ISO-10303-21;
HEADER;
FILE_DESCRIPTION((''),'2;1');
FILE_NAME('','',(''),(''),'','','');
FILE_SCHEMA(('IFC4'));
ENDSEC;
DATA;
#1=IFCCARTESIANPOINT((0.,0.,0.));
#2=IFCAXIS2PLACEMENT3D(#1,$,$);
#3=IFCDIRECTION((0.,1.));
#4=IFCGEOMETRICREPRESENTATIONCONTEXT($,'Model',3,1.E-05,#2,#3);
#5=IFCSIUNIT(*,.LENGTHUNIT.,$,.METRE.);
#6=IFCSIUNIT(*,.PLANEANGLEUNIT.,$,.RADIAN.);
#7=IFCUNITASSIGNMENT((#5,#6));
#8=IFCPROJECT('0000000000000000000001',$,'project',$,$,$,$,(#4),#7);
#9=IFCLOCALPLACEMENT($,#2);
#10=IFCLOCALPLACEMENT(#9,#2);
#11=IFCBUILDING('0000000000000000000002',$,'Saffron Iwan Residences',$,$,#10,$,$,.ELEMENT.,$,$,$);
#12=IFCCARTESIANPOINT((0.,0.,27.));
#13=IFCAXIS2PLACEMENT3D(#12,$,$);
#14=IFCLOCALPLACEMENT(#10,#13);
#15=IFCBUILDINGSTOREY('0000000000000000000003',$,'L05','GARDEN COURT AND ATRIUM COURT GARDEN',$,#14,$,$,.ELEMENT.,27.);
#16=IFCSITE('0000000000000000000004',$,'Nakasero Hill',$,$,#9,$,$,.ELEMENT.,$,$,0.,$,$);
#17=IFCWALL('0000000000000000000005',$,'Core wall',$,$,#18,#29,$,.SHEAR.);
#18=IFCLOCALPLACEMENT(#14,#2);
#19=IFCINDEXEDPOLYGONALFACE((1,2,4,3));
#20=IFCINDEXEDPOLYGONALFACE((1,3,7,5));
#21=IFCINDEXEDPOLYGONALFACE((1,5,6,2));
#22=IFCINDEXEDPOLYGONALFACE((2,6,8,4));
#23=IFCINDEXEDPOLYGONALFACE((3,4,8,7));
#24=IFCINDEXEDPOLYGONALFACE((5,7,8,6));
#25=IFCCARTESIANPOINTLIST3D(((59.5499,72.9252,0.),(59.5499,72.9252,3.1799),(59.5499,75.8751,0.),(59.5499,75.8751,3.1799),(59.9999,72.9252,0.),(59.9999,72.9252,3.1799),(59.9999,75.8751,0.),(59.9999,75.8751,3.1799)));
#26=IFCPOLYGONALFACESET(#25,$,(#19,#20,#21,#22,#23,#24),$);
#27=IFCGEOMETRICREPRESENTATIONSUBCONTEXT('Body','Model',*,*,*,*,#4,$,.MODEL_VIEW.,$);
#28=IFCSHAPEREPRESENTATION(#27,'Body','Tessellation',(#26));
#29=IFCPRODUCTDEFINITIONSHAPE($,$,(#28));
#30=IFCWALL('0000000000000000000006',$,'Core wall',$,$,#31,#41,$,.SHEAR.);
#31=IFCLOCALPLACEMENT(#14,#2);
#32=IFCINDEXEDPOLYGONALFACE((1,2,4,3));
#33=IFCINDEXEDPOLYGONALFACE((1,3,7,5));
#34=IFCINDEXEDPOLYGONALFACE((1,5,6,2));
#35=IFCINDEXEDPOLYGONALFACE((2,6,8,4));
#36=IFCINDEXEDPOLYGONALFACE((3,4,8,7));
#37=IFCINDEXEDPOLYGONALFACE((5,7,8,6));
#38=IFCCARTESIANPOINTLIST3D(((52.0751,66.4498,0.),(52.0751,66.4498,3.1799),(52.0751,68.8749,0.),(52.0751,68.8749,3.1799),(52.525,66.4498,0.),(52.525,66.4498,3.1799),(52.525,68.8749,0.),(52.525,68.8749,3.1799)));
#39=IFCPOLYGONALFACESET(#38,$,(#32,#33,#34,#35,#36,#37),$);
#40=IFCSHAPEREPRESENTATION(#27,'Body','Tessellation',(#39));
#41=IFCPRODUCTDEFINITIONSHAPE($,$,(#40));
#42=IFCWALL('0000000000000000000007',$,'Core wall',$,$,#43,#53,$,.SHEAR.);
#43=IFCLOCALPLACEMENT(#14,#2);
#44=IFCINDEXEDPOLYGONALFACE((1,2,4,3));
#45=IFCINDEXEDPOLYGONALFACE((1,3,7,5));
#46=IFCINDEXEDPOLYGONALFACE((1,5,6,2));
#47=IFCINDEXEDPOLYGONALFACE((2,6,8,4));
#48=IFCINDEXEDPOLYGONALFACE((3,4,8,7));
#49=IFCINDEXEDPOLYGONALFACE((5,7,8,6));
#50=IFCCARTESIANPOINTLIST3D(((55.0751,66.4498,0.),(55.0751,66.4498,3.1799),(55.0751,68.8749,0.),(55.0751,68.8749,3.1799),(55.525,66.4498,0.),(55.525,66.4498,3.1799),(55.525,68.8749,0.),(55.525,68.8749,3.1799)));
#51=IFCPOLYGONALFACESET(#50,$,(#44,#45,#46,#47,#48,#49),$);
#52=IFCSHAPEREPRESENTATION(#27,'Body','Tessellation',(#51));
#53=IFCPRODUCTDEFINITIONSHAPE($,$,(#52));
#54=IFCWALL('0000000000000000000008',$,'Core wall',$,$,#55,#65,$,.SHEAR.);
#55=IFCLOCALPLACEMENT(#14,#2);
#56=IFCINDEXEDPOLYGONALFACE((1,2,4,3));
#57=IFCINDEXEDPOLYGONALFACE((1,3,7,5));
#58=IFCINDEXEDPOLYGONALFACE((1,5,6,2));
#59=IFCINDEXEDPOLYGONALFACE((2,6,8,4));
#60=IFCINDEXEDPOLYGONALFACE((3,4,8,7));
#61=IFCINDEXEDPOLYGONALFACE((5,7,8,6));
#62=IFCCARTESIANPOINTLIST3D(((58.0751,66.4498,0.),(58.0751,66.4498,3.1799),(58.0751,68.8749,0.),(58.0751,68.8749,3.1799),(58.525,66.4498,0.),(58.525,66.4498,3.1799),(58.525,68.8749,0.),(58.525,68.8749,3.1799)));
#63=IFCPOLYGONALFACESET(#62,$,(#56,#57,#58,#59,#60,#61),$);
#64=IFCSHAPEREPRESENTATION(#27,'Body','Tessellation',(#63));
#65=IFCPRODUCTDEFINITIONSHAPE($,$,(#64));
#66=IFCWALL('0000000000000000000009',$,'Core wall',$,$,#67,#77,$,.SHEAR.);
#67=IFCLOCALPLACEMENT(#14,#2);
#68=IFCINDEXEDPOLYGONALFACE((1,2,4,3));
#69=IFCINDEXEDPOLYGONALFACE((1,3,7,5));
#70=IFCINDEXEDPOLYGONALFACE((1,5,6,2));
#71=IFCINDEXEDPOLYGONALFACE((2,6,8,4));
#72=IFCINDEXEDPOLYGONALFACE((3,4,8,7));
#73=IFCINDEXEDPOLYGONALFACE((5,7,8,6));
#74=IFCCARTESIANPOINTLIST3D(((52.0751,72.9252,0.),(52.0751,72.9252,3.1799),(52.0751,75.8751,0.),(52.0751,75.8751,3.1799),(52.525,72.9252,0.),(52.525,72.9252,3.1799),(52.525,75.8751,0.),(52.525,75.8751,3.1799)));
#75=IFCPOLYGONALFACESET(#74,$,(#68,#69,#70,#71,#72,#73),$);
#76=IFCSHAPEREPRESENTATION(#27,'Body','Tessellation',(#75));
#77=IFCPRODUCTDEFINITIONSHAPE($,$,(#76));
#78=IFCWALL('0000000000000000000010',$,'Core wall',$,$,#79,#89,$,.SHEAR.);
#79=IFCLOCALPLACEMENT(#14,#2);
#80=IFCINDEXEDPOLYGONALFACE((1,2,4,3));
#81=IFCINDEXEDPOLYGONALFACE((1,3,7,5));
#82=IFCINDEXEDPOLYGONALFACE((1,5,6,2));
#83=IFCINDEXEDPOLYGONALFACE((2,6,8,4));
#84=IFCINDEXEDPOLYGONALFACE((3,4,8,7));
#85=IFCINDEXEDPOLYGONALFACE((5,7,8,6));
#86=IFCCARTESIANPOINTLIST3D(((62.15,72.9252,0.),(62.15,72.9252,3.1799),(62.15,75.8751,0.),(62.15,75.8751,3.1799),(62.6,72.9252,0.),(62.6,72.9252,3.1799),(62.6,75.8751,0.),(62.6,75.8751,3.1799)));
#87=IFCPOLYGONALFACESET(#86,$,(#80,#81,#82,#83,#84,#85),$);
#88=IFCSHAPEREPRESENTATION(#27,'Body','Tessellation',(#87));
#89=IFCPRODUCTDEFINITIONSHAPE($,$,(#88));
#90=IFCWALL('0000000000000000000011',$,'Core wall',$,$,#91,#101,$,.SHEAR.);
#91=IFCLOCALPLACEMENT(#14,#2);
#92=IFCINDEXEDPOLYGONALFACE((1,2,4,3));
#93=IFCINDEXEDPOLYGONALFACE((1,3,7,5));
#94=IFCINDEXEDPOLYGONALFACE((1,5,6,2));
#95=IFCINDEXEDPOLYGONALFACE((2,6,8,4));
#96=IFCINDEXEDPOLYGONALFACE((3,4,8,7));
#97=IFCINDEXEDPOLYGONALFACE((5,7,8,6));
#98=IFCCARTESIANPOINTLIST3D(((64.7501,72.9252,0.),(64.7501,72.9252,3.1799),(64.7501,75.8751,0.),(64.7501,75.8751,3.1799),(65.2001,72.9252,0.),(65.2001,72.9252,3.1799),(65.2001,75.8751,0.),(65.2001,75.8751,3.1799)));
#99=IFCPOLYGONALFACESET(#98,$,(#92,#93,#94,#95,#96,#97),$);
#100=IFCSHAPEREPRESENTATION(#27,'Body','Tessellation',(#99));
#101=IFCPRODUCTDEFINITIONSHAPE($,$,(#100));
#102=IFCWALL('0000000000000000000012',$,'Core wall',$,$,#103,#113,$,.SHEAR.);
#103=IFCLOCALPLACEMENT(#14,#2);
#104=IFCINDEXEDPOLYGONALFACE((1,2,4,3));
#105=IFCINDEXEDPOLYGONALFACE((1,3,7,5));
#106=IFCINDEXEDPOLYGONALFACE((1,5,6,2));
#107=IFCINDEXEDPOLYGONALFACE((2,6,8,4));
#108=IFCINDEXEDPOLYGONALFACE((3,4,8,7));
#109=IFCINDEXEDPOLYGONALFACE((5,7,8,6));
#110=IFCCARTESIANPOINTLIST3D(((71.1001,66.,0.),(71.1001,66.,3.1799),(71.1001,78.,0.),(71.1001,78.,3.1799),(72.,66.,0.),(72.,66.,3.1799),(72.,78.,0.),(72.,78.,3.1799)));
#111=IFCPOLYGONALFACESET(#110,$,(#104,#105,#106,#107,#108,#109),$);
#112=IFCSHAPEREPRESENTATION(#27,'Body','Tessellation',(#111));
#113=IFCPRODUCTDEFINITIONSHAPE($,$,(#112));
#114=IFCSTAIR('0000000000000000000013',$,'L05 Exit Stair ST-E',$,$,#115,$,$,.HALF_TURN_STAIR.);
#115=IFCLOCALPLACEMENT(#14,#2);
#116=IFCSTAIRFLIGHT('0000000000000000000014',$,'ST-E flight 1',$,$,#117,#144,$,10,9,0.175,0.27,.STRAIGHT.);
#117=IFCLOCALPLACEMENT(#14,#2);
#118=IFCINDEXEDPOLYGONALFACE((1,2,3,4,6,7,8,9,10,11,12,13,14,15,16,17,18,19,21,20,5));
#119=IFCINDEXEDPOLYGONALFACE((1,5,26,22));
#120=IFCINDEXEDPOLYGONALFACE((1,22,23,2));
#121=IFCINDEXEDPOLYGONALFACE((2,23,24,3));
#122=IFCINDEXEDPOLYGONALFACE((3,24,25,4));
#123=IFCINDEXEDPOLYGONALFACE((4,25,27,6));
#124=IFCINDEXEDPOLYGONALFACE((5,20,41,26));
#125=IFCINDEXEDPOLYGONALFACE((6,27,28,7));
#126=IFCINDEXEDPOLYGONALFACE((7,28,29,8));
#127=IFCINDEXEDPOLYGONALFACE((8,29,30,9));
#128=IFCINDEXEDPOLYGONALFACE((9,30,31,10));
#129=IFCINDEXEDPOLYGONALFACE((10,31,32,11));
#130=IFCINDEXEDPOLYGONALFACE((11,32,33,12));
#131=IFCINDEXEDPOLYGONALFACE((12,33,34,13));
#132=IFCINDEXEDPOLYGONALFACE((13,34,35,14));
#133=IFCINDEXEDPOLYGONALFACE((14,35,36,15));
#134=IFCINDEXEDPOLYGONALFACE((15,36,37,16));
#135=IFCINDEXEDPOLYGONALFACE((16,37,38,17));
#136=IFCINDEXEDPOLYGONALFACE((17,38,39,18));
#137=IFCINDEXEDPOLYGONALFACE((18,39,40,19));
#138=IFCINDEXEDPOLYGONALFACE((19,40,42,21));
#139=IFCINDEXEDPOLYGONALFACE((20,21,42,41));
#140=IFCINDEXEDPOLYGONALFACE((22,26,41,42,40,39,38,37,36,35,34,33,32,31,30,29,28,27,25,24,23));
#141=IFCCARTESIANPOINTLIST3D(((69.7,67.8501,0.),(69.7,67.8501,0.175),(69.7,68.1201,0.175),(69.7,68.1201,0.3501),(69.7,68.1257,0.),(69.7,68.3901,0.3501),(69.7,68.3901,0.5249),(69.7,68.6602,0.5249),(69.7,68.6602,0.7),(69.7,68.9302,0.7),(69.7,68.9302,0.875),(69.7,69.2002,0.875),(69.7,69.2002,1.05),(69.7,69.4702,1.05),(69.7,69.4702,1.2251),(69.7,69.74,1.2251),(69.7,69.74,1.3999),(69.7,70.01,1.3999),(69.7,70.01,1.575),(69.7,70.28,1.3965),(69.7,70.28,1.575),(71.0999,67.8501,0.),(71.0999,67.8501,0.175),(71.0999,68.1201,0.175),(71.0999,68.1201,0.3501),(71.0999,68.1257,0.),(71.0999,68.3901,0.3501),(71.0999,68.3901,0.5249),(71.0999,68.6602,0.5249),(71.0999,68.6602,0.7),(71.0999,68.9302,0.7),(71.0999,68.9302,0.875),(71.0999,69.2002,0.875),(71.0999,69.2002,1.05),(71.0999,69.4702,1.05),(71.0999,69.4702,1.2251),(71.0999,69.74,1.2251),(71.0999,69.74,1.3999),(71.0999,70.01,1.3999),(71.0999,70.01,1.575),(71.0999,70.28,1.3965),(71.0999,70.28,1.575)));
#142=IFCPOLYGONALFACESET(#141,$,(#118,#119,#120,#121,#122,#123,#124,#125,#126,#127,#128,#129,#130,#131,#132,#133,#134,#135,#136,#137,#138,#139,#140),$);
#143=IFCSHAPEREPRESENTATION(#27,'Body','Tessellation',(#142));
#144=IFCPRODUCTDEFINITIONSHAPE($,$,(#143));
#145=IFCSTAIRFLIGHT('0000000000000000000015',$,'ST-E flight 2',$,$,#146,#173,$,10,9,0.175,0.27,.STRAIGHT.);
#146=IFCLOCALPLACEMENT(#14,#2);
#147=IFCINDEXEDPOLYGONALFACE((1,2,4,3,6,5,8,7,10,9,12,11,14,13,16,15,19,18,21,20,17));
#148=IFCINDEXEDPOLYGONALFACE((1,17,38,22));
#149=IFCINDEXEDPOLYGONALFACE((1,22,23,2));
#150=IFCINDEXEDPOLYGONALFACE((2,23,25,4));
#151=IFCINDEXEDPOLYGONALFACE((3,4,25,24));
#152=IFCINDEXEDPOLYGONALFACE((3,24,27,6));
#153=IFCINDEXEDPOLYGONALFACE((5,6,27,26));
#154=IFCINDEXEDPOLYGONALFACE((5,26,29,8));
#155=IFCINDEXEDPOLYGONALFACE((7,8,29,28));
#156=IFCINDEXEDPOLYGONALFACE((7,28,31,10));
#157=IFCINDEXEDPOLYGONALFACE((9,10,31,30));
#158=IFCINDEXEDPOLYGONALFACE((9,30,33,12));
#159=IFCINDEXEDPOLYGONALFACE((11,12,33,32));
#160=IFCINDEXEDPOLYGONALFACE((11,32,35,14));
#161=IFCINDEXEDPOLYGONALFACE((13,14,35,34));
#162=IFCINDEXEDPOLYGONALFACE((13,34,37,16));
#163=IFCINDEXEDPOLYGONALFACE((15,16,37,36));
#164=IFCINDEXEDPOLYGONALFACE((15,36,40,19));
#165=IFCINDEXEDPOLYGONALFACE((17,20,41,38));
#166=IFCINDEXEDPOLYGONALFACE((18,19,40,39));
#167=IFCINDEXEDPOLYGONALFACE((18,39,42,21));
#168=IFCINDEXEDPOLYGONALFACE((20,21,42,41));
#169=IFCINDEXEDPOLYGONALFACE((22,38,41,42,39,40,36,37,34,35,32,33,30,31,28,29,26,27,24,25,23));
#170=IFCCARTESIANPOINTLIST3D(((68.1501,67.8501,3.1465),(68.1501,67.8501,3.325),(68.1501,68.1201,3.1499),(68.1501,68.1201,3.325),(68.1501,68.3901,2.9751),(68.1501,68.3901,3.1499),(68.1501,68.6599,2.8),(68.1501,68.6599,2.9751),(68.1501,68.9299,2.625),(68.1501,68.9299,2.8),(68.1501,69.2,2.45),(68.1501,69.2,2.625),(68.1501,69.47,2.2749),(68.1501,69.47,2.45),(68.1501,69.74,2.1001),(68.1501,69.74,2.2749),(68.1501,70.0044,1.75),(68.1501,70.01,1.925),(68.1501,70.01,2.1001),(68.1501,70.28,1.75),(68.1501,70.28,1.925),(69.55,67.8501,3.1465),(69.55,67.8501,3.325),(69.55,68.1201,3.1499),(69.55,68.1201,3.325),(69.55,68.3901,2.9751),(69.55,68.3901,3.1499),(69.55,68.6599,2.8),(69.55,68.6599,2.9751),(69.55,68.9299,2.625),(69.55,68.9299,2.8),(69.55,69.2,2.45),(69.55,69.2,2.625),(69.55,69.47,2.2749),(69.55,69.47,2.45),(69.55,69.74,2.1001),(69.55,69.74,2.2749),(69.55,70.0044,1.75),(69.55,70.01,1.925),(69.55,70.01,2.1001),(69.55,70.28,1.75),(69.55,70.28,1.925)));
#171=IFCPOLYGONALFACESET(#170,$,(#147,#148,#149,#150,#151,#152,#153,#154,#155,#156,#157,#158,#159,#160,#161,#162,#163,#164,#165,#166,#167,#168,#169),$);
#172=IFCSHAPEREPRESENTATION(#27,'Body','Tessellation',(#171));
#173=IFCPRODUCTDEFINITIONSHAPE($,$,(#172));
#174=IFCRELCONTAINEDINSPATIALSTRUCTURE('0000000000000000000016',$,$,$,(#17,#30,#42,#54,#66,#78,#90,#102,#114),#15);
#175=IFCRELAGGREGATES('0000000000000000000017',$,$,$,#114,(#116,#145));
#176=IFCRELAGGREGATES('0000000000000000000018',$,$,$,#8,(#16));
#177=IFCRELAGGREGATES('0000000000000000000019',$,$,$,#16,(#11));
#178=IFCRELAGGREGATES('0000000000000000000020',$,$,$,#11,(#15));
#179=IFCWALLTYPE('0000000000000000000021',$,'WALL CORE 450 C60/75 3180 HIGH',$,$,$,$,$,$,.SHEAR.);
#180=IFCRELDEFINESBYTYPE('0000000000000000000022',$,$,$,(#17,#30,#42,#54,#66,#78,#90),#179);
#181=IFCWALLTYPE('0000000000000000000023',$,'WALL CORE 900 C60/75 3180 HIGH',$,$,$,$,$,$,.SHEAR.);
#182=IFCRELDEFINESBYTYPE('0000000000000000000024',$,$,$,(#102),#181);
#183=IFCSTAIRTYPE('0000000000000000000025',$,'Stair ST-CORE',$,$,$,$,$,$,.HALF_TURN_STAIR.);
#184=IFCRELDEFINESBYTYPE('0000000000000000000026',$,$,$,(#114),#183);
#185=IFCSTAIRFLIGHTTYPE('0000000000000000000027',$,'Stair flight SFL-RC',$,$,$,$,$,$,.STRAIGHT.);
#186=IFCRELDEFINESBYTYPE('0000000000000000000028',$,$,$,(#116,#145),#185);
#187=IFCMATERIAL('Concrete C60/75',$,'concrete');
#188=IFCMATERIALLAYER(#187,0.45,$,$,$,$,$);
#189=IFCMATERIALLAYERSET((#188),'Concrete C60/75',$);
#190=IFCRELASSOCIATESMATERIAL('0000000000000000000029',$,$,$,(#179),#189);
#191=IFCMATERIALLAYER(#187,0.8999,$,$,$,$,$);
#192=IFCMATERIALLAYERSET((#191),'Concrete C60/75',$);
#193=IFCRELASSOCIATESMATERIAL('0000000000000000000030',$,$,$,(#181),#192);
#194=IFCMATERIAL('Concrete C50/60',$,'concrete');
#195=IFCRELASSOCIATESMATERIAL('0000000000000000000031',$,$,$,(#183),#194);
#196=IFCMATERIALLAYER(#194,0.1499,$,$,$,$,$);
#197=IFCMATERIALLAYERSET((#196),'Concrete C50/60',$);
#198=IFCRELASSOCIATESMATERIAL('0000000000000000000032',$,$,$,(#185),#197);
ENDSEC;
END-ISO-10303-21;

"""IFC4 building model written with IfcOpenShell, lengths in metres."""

from ifc_helpers import new_model, si_unit, direction, frame, frame_2d, origin, place, context, subcontext, project, spatial, polyline, rectangle, outline, extrude, material, layer, layer_set, type_object, element, aggregate, save


model = new_model("IFC4")

# Units and contexts
model_context = context("Model", 3, precision=1e-05, world=origin(), true_north=direction((0.0, 1.0)))
body_context = subcontext(model_context, "Body", "Model", "MODEL_VIEW")
ifc_project = project(units=[si_unit("LENGTHUNIT", "METRE"), si_unit("PLANEANGLEUNIT", "RADIAN")], contexts=[model_context])

# Site, building, storey
site_placement = place(None, origin())
site = spatial("IfcSite", under=ifc_project, at=site_placement, Name="Nakasero Hill", CompositionType="ELEMENT", RefElevation=0.0)
building_placement = place(site_placement, origin())
building = spatial("IfcBuilding", under=site, at=building_placement, Name="Saffron Iwan Residences", CompositionType="ELEMENT")
storey_placement = place(building_placement, frame((0.0, 0.0, 27.0)))
storey = spatial("IfcBuildingStorey", under=building, at=storey_placement, Name="L05", Description="GARDEN COURT AND ATRIUM COURT GARDEN", CompositionType="ELEMENT", Elevation=27.0)

# Shared definitions
ifc_material_1 = material(Name="Concrete C60/75", Category="concrete")

# Shared definitions
ifc_layer_1 = layer(ifc_material_1, 0.45)
ifc_layer_set_1 = layer_set([ifc_layer_1], Name="Concrete C60/75")
wall_type_1 = type_object("IfcWallType", Name="WALL CORE 450 C60/75 3180 HIGH", PredefinedType="SHEAR", material=ifc_layer_set_1)

# Walls
wall_1_placement = place(storey_placement, frame((59.7749, 72.925, 0.0), z_axis=(0.0, 0.0, 1.0), x_axis=(0.0, 1.0, 0.0)))
element("IfcWall", 1, at=wall_1_placement, inside=storey, type_object=wall_type_1, Name="Core wall", PredefinedType="SHEAR", context=body_context, shape_type="SweptSolid", body=[
    extrude(rectangle(XDim=2.95, YDim=0.45, at=frame_2d((1.4751, 0.0))), origin(), (0.0, 0.0, 1.0), 3.1799),
])
for number, where, z_axis, x_axis, name in (
    (2, (52.3, 66.45, 0.0), (0.0, 0.0, 1.0), (0.0, 1.0, 0.0), "Core wall"),
    (3, (55.3, 66.45, 0.0), (0.0, 0.0, 1.0), (0.0, 1.0, 0.0), "Core wall"),
    (4, (58.3, 66.45, 0.0), (0.0, 0.0, 1.0), (0.0, 1.0, 0.0), "Core wall"),
):
    element("IfcWall", number, at=place(storey_placement, frame(where, z_axis=z_axis, x_axis=x_axis)), inside=storey, type_object=wall_type_1, Name=name, PredefinedType="SHEAR", context=body_context, shape_type="SweptSolid", body=[
        extrude(rectangle(XDim=2.425, YDim=0.45, at=frame_2d((1.2124, 0.0))), origin(), (0.0, 0.0, 1.0), 3.1799),
    ])
for number, where, z_axis, x_axis, name in (
    (5, (52.3, 72.925, 0.0), (0.0, 0.0, 1.0), (0.0, 1.0, 0.0), "Core wall"),
    (6, (62.375, 72.925, 0.0), (0.0, 0.0, 1.0), (0.0, 1.0, 0.0), "Core wall"),
    (7, (64.9751, 72.925, 0.0), (0.0, 0.0, 1.0), (0.0, 1.0, 0.0), "Core wall"),
):
    element("IfcWall", number, at=place(storey_placement, frame(where, z_axis=z_axis, x_axis=x_axis)), inside=storey, type_object=wall_type_1, Name=name, PredefinedType="SHEAR", context=body_context, shape_type="SweptSolid", body=[
        extrude(rectangle(XDim=2.95, YDim=0.45, at=frame_2d((1.4751, 0.0))), origin(), (0.0, 0.0, 1.0), 3.1799),
    ])
ifc_layer_2 = layer(ifc_material_1, 0.8999)
ifc_layer_set_2 = layer_set([ifc_layer_2], Name="Concrete C60/75")
wall_type_2 = type_object("IfcWallType", Name="WALL CORE 900 C60/75 3180 HIGH", PredefinedType="SHEAR", material=ifc_layer_set_2)
wall_2_placement = place(storey_placement, frame((71.55, 66.0, 0.0), z_axis=(0.0, 0.0, 1.0), x_axis=(0.0, 1.0, 0.0)))
element("IfcWall", 8, at=wall_2_placement, inside=storey, type_object=wall_type_2, Name="Core wall", PredefinedType="SHEAR", context=body_context, shape_type="SweptSolid", body=[
    extrude(rectangle(XDim=12.0, YDim=0.8999, at=frame_2d((6.0, 0.0))), origin(), (0.0, 0.0, 1.0), 3.1799),
])

# Stair, stair flights
ifc_material_2 = material(Name="Concrete C50/60", Category="concrete")
stair_type = type_object("IfcStairType", Name="Stair ST-CORE", PredefinedType="HALF_TURN_STAIR", material=ifc_material_2)
stair_placement = place(storey_placement, origin())
stair = element("IfcStair", 9, at=stair_placement, inside=storey, type_object=stair_type, Name="L05 Exit Stair ST-E", PredefinedType="HALF_TURN_STAIR")
ifc_layer_3 = layer(ifc_material_2, 0.1499)
ifc_layer_set_3 = layer_set([ifc_layer_3], Name="Concrete C50/60")
stair_flight_type = type_object("IfcStairFlightType", Name="Stair flight SFL-RC", PredefinedType="STRAIGHT", material=ifc_layer_set_3)
stair_flight_1_placement = place(storey_placement, frame((70.3999, 67.8501, 0.0), z_axis=(0.0, 0.0, 1.0), x_axis=(0.0, 1.0, 0.0)))
stair_flight_1 = element("IfcStairFlight", 10, at=stair_flight_1_placement, type_object=stair_flight_type, Name="ST-E flight 1", NumberOfRisers=10, NumberOfTreads=9, PredefinedType="STRAIGHT", RiserHeight=0.175, TreadLength=0.27, context=body_context, shape_type="SweptSolid", body=[
    extrude(outline(polyline([(0.0, 0.0), (0.0, 0.175), (0.27, 0.175), (0.27, 0.3501), (0.54, 0.3501), (0.54, 0.5249), (0.8101, 0.5249), (0.8101, 0.7), (1.0801, 0.7), (1.0801, 0.875), (1.3501, 0.875), (1.3501, 1.05), (1.6201, 1.05), (1.6201, 1.2251), (1.8899, 1.2251), (1.8899, 1.3999), (2.1599, 1.3999), (2.1599, 1.575), (2.4299, 1.575), (2.4299, 1.75), (2.4299, 1.3965), (0.2756, 0.0), (0.0, 0.0)])), frame((0.0, 0.7, 0.0), z_axis=(0.0, -1.0, 0.0), x_axis=(1.0, 0.0, 0.0)), (0.0, 0.0, 1.0), 1.3999),
])
stair_flight_2_placement = place(storey_placement, frame((68.8501, 70.28, 1.75), z_axis=(0.0, 0.0, 1.0), x_axis=(0.0, -1.0, 0.0)))
stair_flight_2 = element("IfcStairFlight", 11, at=stair_flight_2_placement, type_object=stair_flight_type, Name="ST-E flight 2", NumberOfRisers=10, NumberOfTreads=9, PredefinedType="STRAIGHT", RiserHeight=0.175, TreadLength=0.27, context=body_context, shape_type="SweptSolid", body=[
    extrude(outline(polyline([(0.0, 0.0), (0.0, 0.175), (0.27, 0.175), (0.27, 0.3501), (0.54, 0.3501), (0.54, 0.5249), (0.8101, 0.5249), (0.8101, 0.7), (1.0801, 0.7), (1.0801, 0.875), (1.3501, 0.875), (1.3501, 1.05), (1.6201, 1.05), (1.6201, 1.2251), (1.8899, 1.2251), (1.8899, 1.3999), (2.1599, 1.3999), (2.1599, 1.575), (2.4299, 1.575), (2.4299, 1.75), (2.4299, 1.3965), (0.2756, 0.0), (0.0, 0.0)])), frame((0.0, 0.7, 0.0), z_axis=(0.0, -1.0, 0.0), x_axis=(1.0, 0.0, 0.0)), (0.0, 0.0, 1.0), 1.3999),
])
aggregate(stair, [stair_flight_1, stair_flight_2])

save(model, "model.ifc")
